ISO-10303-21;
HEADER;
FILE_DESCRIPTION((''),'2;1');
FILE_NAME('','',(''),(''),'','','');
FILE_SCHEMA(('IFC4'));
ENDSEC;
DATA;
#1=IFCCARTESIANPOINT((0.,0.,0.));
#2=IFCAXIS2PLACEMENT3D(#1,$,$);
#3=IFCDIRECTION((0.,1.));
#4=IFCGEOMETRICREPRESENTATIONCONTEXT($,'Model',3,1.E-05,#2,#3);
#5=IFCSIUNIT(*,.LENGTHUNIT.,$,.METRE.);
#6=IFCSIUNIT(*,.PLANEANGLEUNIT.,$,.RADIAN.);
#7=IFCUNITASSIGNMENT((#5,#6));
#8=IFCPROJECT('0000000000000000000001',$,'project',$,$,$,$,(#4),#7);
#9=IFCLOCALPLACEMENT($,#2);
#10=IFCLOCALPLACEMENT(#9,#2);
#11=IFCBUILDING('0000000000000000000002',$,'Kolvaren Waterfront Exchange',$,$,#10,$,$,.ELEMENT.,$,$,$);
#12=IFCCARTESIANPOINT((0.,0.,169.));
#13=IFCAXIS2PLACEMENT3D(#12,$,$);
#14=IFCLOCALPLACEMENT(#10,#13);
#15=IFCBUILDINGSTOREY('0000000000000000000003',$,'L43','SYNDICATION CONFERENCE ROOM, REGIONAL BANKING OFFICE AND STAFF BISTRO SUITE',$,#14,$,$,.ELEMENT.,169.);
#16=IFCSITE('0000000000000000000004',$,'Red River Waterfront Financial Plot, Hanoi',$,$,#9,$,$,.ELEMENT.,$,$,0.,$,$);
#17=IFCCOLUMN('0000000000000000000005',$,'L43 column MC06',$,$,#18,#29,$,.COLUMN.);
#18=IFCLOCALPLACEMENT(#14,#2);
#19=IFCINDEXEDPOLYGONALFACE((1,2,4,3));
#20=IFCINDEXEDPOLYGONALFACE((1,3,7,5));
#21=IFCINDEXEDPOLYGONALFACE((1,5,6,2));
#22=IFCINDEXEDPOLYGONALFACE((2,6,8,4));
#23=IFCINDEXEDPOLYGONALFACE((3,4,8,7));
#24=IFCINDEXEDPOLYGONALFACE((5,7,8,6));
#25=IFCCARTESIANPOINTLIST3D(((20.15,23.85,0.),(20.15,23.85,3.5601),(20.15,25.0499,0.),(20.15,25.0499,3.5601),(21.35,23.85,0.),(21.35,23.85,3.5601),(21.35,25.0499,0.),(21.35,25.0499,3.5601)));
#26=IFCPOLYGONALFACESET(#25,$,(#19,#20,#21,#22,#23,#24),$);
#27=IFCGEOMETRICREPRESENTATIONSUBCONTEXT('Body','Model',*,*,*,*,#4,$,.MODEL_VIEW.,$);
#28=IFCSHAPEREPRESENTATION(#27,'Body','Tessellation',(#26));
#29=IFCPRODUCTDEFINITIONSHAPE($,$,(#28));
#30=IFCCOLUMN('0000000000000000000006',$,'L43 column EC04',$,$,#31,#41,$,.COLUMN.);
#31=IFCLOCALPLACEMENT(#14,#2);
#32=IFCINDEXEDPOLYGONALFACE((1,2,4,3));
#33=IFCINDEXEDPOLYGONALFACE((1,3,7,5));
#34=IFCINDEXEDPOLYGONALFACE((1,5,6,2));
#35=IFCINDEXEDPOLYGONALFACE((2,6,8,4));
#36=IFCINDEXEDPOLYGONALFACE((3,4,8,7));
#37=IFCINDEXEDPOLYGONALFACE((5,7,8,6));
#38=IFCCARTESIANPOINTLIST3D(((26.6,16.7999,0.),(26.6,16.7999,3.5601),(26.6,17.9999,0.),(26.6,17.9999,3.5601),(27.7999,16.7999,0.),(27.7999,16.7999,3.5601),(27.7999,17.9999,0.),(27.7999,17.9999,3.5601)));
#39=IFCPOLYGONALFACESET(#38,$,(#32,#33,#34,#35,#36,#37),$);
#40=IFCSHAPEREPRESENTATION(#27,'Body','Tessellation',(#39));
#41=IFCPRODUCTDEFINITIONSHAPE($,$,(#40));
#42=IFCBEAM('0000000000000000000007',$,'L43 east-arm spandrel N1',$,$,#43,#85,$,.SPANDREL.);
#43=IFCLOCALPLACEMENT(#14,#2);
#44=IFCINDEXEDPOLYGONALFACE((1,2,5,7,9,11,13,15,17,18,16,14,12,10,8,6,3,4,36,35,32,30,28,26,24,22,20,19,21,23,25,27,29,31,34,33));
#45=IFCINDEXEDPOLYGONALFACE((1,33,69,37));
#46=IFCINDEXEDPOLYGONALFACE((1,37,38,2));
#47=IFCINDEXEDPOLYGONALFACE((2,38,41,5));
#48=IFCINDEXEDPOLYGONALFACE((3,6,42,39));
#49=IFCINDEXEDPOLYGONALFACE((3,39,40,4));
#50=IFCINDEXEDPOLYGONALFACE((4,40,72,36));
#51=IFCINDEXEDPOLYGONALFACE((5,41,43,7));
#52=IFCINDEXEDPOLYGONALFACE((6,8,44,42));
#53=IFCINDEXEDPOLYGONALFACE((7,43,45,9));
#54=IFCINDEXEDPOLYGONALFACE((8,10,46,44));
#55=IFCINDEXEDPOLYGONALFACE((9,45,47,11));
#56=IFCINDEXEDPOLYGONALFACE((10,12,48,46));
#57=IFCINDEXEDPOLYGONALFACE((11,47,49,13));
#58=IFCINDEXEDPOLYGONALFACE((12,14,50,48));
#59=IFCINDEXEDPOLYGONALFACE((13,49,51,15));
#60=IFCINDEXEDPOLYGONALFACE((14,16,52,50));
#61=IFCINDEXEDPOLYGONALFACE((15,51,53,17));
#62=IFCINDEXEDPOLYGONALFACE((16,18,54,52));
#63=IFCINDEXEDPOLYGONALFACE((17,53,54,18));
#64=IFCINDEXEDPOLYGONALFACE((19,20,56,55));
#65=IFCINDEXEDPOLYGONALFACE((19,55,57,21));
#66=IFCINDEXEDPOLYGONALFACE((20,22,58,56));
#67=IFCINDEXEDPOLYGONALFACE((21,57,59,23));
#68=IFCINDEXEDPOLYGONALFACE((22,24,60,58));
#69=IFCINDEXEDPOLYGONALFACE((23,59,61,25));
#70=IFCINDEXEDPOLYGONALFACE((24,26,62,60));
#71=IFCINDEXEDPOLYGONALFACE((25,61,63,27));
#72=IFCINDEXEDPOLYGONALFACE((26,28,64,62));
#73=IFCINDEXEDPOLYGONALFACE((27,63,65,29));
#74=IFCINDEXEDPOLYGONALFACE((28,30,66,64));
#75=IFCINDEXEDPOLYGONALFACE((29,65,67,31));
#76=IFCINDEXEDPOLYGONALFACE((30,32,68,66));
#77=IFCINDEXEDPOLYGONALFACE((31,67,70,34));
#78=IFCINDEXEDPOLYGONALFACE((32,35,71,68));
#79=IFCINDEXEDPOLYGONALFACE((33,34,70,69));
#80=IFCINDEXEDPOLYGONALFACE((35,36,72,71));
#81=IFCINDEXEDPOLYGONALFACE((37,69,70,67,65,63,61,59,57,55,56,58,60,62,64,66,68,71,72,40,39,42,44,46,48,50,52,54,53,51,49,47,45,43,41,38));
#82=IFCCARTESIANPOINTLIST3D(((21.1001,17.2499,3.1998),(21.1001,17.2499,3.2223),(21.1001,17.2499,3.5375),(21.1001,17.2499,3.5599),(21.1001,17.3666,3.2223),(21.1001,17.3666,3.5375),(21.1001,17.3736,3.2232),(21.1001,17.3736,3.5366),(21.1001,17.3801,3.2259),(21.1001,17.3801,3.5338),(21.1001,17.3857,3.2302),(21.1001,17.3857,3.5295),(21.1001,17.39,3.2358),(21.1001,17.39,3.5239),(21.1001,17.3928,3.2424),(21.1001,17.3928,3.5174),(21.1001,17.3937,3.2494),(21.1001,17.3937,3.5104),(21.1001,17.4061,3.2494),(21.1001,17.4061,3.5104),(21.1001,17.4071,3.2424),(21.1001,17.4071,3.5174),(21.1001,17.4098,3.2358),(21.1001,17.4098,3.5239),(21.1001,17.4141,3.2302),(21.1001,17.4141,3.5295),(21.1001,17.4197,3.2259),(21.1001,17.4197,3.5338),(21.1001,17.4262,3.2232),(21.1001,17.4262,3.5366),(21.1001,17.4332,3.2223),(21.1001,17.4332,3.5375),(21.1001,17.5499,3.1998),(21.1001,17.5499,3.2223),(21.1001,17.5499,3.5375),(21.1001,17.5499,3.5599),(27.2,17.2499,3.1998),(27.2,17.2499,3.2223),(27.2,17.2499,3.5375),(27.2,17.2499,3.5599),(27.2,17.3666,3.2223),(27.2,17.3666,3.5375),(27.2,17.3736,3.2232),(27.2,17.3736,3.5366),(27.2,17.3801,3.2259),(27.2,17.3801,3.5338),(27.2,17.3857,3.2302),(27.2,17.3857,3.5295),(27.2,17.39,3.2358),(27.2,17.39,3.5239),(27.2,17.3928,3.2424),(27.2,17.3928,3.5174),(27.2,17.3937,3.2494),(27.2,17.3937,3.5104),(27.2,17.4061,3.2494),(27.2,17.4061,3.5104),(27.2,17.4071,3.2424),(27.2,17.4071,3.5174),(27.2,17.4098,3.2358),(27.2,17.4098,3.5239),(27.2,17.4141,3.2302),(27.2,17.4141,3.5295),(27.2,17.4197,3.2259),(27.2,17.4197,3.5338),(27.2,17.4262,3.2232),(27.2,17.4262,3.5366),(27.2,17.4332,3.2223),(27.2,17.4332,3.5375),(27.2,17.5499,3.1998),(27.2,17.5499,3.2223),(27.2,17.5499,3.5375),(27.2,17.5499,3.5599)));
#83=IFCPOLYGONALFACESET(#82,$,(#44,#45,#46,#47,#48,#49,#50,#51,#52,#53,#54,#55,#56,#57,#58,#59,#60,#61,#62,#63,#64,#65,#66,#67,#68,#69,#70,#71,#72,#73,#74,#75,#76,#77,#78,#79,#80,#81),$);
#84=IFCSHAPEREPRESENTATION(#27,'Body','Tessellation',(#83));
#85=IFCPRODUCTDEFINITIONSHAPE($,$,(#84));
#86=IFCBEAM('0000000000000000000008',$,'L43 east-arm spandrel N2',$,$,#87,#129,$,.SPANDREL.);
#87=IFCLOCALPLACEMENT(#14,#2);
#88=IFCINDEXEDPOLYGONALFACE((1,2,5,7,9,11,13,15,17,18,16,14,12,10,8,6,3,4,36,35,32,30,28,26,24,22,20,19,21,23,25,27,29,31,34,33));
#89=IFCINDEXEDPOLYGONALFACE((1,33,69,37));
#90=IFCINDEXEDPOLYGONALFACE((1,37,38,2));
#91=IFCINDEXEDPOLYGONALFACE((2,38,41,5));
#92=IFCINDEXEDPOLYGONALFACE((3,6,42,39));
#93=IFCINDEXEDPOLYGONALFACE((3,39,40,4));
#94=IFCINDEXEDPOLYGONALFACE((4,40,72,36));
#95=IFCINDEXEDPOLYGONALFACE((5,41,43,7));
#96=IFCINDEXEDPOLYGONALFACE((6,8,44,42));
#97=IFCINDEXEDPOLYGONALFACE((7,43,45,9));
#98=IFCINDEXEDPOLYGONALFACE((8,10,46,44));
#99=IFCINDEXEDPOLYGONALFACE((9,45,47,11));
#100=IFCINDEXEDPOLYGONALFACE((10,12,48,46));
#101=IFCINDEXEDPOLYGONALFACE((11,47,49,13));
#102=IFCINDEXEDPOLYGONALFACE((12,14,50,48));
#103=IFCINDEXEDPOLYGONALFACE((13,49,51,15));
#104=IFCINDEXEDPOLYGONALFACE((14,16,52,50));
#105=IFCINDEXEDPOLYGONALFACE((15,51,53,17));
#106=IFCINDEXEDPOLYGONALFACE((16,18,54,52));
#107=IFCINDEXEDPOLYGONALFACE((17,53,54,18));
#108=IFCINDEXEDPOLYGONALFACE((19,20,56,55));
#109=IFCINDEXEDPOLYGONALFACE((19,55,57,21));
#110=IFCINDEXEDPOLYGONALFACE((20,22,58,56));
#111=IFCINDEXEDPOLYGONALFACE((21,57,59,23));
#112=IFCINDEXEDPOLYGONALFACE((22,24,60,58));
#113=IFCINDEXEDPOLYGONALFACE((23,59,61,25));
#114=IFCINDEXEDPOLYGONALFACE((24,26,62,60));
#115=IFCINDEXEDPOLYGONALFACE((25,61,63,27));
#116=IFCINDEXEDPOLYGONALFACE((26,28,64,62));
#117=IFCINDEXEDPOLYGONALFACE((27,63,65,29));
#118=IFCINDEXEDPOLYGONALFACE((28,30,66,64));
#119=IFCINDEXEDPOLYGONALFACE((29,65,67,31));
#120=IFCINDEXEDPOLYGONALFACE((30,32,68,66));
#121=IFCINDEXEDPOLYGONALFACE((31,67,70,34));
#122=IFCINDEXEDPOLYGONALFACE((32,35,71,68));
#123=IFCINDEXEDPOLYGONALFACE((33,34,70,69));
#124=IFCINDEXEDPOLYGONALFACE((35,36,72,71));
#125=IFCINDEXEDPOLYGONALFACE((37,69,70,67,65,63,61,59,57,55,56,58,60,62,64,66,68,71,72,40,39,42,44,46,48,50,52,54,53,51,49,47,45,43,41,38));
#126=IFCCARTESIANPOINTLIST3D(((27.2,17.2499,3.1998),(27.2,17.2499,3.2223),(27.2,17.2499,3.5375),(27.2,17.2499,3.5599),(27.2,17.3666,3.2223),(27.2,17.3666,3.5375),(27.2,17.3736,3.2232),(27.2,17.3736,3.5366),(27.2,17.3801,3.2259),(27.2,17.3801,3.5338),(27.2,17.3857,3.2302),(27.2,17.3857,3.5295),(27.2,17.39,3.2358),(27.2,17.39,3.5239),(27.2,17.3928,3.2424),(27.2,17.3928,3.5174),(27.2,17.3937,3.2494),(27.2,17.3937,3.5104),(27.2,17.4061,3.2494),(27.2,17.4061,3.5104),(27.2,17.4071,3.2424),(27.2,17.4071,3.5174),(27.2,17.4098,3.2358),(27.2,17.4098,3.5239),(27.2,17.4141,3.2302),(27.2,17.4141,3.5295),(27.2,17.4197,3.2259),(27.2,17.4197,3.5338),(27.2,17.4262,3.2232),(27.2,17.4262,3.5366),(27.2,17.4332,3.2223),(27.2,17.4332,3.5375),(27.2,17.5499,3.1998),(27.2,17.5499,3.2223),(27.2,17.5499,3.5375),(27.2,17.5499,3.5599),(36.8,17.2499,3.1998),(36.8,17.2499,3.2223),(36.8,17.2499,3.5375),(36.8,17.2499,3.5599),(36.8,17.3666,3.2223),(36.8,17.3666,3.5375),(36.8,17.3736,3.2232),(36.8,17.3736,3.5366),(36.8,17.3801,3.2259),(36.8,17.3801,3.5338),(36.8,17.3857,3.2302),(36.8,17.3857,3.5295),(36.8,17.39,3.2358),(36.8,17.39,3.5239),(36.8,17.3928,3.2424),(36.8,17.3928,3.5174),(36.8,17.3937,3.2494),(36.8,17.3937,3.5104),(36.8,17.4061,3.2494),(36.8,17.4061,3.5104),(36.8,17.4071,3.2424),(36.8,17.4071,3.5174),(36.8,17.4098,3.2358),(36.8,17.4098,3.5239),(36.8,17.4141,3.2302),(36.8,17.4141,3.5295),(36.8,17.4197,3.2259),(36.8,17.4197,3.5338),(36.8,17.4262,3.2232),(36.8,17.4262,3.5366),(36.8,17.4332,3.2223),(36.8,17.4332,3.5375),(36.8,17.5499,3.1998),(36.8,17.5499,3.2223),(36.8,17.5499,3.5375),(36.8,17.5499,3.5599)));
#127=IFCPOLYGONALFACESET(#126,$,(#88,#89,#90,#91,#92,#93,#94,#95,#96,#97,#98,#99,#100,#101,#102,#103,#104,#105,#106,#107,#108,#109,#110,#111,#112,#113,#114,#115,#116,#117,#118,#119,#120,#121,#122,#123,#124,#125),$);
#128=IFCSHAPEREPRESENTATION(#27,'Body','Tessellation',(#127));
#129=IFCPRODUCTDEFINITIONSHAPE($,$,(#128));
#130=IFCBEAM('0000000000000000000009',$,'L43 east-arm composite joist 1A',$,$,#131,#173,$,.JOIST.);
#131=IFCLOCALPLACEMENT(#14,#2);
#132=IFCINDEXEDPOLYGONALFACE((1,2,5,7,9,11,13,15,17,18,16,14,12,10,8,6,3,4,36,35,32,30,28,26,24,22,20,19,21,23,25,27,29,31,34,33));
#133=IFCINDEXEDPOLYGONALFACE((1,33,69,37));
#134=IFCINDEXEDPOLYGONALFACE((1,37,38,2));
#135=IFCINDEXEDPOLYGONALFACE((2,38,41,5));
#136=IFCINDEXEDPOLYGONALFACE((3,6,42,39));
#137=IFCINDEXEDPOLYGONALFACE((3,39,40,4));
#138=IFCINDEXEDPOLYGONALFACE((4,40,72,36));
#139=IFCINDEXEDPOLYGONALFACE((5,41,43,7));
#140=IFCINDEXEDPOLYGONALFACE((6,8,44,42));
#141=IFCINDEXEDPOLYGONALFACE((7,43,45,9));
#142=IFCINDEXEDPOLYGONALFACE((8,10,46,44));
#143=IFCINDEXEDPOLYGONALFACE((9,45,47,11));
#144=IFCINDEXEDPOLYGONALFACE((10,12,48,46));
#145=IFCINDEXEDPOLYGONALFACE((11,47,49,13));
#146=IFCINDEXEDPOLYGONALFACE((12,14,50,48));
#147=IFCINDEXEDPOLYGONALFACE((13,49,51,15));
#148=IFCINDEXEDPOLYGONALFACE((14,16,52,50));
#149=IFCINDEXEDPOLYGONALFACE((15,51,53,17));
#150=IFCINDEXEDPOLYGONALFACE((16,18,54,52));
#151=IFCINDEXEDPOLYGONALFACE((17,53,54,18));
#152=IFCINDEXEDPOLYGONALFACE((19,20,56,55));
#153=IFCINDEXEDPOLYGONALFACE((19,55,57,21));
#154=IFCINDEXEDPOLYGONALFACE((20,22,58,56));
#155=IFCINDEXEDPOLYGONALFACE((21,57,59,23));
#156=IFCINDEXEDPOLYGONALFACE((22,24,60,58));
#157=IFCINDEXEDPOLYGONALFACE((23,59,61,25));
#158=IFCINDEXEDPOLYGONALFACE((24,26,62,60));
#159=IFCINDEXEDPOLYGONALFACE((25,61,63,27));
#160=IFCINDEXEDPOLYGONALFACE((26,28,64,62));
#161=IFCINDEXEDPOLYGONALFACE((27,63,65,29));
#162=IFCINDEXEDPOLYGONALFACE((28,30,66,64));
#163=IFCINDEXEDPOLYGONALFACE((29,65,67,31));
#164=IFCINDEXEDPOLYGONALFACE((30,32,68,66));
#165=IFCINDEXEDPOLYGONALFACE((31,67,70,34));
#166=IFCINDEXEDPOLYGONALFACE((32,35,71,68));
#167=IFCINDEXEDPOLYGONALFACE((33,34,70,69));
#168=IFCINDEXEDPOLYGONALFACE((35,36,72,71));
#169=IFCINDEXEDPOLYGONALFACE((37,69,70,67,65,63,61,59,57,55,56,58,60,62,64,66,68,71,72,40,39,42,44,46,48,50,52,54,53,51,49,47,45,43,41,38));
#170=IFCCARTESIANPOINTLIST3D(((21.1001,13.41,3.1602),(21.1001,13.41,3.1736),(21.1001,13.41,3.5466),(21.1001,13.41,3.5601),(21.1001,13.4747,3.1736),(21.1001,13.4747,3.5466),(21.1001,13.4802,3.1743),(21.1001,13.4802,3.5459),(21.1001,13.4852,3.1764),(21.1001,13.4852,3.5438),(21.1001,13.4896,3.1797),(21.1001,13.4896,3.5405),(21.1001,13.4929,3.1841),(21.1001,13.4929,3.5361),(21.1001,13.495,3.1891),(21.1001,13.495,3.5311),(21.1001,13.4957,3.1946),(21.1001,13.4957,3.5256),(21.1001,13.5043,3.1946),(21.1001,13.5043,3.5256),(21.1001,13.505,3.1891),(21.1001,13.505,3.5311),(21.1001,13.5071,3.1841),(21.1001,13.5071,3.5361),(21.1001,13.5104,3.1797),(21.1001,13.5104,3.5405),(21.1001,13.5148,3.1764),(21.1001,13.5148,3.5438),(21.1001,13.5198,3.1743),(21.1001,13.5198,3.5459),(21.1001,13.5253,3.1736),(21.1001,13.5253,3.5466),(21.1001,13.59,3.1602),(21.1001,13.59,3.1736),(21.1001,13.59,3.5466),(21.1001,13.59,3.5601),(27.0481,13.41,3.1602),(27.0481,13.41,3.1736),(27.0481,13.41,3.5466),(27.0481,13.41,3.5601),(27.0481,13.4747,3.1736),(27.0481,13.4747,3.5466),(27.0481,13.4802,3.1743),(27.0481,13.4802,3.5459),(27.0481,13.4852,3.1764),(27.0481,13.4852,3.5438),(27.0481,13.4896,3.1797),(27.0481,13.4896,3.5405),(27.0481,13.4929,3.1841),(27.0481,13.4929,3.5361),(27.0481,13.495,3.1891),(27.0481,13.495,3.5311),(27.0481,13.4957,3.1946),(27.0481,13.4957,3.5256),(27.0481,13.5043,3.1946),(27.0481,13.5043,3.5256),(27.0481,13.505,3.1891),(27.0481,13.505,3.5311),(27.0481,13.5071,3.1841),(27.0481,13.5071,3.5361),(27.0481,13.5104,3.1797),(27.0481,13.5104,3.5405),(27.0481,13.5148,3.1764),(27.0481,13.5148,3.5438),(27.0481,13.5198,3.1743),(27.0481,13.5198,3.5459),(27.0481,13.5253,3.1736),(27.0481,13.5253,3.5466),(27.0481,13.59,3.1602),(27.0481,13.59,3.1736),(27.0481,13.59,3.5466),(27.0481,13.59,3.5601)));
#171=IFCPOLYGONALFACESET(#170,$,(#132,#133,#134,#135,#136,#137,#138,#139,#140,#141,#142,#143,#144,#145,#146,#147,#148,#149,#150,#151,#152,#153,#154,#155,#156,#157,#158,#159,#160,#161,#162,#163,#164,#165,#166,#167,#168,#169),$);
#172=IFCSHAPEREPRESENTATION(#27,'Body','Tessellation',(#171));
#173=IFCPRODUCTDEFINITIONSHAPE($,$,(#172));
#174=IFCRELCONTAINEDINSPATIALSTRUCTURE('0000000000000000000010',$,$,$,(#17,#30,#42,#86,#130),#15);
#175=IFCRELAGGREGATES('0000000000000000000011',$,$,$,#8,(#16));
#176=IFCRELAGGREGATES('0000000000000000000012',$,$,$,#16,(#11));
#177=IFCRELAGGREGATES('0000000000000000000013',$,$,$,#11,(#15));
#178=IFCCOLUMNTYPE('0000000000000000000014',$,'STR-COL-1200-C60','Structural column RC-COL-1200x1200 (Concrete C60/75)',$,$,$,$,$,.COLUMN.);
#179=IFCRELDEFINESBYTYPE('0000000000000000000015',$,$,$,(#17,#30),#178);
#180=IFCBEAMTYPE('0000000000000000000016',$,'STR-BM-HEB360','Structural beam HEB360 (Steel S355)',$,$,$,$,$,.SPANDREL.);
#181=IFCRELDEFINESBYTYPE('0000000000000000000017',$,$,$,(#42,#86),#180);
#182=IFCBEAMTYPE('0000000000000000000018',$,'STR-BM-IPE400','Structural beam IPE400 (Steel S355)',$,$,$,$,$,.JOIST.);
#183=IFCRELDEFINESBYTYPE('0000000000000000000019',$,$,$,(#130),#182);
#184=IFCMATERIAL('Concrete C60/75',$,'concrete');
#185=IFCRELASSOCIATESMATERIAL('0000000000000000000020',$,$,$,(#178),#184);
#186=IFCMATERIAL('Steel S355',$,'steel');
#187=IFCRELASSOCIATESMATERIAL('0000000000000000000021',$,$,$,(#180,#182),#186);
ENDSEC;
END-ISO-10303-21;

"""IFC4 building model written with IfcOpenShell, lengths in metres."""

from ifc_helpers import new_model, si_unit, direction, frame, origin, origin_2d, place, context, subcontext, project, spatial, rectangle, i_section, extrude, material, material_profile, profile_set, type_object, element, save


model = new_model("IFC4")

# Units and contexts
model_context = context("Model", 3, precision=1e-05, world=origin(), true_north=direction((0.0, 1.0)))
body_context = subcontext(model_context, "Body", "Model", "MODEL_VIEW")
ifc_project = project(units=[si_unit("LENGTHUNIT", "METRE"), si_unit("PLANEANGLEUNIT", "RADIAN")], contexts=[model_context])

# Site, building, storey
site_placement = place(None, origin())
site = spatial("IfcSite", under=ifc_project, at=site_placement, Name="Red River Waterfront Financial Plot, Hanoi", CompositionType="ELEMENT", RefElevation=0.0)
building_placement = place(site_placement, origin())
building = spatial("IfcBuilding", under=site, at=building_placement, Name="Kolvaren Waterfront Exchange", CompositionType="ELEMENT")
storey_placement = place(building_placement, frame((0.0, 0.0, 169.0)))
storey = spatial("IfcBuildingStorey", under=building, at=storey_placement, Name="L43", Description="SYNDICATION CONFERENCE ROOM, REGIONAL BANKING OFFICE AND STAFF BISTRO SUITE", CompositionType="ELEMENT", Elevation=169.0)

# Columns
ifc_material_1 = material(Name="Concrete C60/75", Category="concrete")
ifc_material_profile_1 = material_profile(ifc_material_1, rectangle(XDim=1.2, YDim=1.2, at=origin_2d()), Name="RC-COL-1200x1200")
ifc_profile_set_1 = profile_set([ifc_material_profile_1], Name="Concrete C60/75")
column_type = type_object("IfcColumnType", Name="STR-COL-1200-C60", Description="Structural column RC-COL-1200x1200 (Concrete C60/75)", PredefinedType="COLUMN", material=ifc_profile_set_1)
for number, where, z_axis, x_axis, name in (
    (1, (20.75, 24.45, 0.0), (0.0, 0.0, 1.0), (1.0, 0.0, 0.0), "L43 column MC06"),
    (2, (27.2, 17.3999, 0.0), (0.0, 0.0, 1.0), (1.0, 0.0, 0.0), "L43 column EC04"),
):
    element("IfcColumn", number, at=place(storey_placement, frame(where, z_axis=z_axis, x_axis=x_axis)), inside=storey, type_object=column_type, Name=name, PredefinedType="COLUMN", context=body_context, shape_type="SweptSolid", body=[
        extrude(rectangle(XDim=1.2, YDim=1.2, at=origin_2d()), origin(), (0.0, 0.0, 1.0), 3.5601),
    ])

# Beams
ifc_material_2 = material(Name="Steel S355", Category="steel")
ifc_material_profile_2 = material_profile(ifc_material_2, i_section(OverallWidth=0.3, OverallDepth=0.3601, WebThickness=0.0125, FlangeThickness=0.0225, FilletRadius=0.0271, at=origin_2d()), Name="HEB360")
ifc_profile_set_2 = profile_set([ifc_material_profile_2], Name="Steel S355")
beam_type_1 = type_object("IfcBeamType", Name="STR-BM-HEB360", Description="Structural beam HEB360 (Steel S355)", PredefinedType="SPANDREL", material=ifc_profile_set_2)
beam_1_placement = place(storey_placement, frame((21.1001, 17.3999, 3.3799), z_axis=(1.0, 0.0, 0.0), x_axis=(0.0, 1.0, 0.0)))
element("IfcBeam", 3, at=beam_1_placement, inside=storey, type_object=beam_type_1, Name="L43 east-arm spandrel N1", PredefinedType="SPANDREL", context=body_context, shape_type="SweptSolid", body=[
    extrude(i_section(OverallWidth=0.3, OverallDepth=0.3601, WebThickness=0.0125, FlangeThickness=0.0225, FilletRadius=0.0271, at=origin_2d()), origin(), (0.0, 0.0, 1.0), 6.0999),
])
beam_2_placement = place(storey_placement, frame((27.2, 17.3999, 3.3799), z_axis=(1.0, 0.0, 0.0), x_axis=(0.0, 1.0, 0.0)))
element("IfcBeam", 4, at=beam_2_placement, inside=storey, type_object=beam_type_1, Name="L43 east-arm spandrel N2", PredefinedType="SPANDREL", context=body_context, shape_type="SweptSolid", body=[
    extrude(i_section(OverallWidth=0.3, OverallDepth=0.3601, WebThickness=0.0125, FlangeThickness=0.0225, FilletRadius=0.0271, at=origin_2d()), origin(), (0.0, 0.0, 1.0), 9.6001),
])
ifc_material_profile_3 = material_profile(ifc_material_2, i_section(OverallWidth=0.1799, OverallDepth=0.3999, WebThickness=0.0085, FlangeThickness=0.0134, FilletRadius=0.021, at=origin_2d()), Name="IPE400")
ifc_profile_set_3 = profile_set([ifc_material_profile_3], Name="Steel S355")
beam_type_2 = type_object("IfcBeamType", Name="STR-BM-IPE400", Description="Structural beam IPE400 (Steel S355)", PredefinedType="JOIST", material=ifc_profile_set_3)
for number, where, z_axis, x_axis, name in (
    (5, (21.1001, 13.5, 3.3601), (1.0, 0.0, 0.0), (0.0, 1.0, 0.0), "L43 east-arm composite joist 1A"),
):
    element("IfcBeam", number, at=place(storey_placement, frame(where, z_axis=z_axis, x_axis=x_axis)), inside=storey, type_object=beam_type_2, Name=name, PredefinedType="JOIST", context=body_context, shape_type="SweptSolid", body=[
        extrude(i_section(OverallWidth=0.1799, OverallDepth=0.3999, WebThickness=0.0085, FlangeThickness=0.0134, FilletRadius=0.021, at=origin_2d()), origin(), (0.0, 0.0, 1.0), 5.948),
    ])

save(model, "model.ifc")
